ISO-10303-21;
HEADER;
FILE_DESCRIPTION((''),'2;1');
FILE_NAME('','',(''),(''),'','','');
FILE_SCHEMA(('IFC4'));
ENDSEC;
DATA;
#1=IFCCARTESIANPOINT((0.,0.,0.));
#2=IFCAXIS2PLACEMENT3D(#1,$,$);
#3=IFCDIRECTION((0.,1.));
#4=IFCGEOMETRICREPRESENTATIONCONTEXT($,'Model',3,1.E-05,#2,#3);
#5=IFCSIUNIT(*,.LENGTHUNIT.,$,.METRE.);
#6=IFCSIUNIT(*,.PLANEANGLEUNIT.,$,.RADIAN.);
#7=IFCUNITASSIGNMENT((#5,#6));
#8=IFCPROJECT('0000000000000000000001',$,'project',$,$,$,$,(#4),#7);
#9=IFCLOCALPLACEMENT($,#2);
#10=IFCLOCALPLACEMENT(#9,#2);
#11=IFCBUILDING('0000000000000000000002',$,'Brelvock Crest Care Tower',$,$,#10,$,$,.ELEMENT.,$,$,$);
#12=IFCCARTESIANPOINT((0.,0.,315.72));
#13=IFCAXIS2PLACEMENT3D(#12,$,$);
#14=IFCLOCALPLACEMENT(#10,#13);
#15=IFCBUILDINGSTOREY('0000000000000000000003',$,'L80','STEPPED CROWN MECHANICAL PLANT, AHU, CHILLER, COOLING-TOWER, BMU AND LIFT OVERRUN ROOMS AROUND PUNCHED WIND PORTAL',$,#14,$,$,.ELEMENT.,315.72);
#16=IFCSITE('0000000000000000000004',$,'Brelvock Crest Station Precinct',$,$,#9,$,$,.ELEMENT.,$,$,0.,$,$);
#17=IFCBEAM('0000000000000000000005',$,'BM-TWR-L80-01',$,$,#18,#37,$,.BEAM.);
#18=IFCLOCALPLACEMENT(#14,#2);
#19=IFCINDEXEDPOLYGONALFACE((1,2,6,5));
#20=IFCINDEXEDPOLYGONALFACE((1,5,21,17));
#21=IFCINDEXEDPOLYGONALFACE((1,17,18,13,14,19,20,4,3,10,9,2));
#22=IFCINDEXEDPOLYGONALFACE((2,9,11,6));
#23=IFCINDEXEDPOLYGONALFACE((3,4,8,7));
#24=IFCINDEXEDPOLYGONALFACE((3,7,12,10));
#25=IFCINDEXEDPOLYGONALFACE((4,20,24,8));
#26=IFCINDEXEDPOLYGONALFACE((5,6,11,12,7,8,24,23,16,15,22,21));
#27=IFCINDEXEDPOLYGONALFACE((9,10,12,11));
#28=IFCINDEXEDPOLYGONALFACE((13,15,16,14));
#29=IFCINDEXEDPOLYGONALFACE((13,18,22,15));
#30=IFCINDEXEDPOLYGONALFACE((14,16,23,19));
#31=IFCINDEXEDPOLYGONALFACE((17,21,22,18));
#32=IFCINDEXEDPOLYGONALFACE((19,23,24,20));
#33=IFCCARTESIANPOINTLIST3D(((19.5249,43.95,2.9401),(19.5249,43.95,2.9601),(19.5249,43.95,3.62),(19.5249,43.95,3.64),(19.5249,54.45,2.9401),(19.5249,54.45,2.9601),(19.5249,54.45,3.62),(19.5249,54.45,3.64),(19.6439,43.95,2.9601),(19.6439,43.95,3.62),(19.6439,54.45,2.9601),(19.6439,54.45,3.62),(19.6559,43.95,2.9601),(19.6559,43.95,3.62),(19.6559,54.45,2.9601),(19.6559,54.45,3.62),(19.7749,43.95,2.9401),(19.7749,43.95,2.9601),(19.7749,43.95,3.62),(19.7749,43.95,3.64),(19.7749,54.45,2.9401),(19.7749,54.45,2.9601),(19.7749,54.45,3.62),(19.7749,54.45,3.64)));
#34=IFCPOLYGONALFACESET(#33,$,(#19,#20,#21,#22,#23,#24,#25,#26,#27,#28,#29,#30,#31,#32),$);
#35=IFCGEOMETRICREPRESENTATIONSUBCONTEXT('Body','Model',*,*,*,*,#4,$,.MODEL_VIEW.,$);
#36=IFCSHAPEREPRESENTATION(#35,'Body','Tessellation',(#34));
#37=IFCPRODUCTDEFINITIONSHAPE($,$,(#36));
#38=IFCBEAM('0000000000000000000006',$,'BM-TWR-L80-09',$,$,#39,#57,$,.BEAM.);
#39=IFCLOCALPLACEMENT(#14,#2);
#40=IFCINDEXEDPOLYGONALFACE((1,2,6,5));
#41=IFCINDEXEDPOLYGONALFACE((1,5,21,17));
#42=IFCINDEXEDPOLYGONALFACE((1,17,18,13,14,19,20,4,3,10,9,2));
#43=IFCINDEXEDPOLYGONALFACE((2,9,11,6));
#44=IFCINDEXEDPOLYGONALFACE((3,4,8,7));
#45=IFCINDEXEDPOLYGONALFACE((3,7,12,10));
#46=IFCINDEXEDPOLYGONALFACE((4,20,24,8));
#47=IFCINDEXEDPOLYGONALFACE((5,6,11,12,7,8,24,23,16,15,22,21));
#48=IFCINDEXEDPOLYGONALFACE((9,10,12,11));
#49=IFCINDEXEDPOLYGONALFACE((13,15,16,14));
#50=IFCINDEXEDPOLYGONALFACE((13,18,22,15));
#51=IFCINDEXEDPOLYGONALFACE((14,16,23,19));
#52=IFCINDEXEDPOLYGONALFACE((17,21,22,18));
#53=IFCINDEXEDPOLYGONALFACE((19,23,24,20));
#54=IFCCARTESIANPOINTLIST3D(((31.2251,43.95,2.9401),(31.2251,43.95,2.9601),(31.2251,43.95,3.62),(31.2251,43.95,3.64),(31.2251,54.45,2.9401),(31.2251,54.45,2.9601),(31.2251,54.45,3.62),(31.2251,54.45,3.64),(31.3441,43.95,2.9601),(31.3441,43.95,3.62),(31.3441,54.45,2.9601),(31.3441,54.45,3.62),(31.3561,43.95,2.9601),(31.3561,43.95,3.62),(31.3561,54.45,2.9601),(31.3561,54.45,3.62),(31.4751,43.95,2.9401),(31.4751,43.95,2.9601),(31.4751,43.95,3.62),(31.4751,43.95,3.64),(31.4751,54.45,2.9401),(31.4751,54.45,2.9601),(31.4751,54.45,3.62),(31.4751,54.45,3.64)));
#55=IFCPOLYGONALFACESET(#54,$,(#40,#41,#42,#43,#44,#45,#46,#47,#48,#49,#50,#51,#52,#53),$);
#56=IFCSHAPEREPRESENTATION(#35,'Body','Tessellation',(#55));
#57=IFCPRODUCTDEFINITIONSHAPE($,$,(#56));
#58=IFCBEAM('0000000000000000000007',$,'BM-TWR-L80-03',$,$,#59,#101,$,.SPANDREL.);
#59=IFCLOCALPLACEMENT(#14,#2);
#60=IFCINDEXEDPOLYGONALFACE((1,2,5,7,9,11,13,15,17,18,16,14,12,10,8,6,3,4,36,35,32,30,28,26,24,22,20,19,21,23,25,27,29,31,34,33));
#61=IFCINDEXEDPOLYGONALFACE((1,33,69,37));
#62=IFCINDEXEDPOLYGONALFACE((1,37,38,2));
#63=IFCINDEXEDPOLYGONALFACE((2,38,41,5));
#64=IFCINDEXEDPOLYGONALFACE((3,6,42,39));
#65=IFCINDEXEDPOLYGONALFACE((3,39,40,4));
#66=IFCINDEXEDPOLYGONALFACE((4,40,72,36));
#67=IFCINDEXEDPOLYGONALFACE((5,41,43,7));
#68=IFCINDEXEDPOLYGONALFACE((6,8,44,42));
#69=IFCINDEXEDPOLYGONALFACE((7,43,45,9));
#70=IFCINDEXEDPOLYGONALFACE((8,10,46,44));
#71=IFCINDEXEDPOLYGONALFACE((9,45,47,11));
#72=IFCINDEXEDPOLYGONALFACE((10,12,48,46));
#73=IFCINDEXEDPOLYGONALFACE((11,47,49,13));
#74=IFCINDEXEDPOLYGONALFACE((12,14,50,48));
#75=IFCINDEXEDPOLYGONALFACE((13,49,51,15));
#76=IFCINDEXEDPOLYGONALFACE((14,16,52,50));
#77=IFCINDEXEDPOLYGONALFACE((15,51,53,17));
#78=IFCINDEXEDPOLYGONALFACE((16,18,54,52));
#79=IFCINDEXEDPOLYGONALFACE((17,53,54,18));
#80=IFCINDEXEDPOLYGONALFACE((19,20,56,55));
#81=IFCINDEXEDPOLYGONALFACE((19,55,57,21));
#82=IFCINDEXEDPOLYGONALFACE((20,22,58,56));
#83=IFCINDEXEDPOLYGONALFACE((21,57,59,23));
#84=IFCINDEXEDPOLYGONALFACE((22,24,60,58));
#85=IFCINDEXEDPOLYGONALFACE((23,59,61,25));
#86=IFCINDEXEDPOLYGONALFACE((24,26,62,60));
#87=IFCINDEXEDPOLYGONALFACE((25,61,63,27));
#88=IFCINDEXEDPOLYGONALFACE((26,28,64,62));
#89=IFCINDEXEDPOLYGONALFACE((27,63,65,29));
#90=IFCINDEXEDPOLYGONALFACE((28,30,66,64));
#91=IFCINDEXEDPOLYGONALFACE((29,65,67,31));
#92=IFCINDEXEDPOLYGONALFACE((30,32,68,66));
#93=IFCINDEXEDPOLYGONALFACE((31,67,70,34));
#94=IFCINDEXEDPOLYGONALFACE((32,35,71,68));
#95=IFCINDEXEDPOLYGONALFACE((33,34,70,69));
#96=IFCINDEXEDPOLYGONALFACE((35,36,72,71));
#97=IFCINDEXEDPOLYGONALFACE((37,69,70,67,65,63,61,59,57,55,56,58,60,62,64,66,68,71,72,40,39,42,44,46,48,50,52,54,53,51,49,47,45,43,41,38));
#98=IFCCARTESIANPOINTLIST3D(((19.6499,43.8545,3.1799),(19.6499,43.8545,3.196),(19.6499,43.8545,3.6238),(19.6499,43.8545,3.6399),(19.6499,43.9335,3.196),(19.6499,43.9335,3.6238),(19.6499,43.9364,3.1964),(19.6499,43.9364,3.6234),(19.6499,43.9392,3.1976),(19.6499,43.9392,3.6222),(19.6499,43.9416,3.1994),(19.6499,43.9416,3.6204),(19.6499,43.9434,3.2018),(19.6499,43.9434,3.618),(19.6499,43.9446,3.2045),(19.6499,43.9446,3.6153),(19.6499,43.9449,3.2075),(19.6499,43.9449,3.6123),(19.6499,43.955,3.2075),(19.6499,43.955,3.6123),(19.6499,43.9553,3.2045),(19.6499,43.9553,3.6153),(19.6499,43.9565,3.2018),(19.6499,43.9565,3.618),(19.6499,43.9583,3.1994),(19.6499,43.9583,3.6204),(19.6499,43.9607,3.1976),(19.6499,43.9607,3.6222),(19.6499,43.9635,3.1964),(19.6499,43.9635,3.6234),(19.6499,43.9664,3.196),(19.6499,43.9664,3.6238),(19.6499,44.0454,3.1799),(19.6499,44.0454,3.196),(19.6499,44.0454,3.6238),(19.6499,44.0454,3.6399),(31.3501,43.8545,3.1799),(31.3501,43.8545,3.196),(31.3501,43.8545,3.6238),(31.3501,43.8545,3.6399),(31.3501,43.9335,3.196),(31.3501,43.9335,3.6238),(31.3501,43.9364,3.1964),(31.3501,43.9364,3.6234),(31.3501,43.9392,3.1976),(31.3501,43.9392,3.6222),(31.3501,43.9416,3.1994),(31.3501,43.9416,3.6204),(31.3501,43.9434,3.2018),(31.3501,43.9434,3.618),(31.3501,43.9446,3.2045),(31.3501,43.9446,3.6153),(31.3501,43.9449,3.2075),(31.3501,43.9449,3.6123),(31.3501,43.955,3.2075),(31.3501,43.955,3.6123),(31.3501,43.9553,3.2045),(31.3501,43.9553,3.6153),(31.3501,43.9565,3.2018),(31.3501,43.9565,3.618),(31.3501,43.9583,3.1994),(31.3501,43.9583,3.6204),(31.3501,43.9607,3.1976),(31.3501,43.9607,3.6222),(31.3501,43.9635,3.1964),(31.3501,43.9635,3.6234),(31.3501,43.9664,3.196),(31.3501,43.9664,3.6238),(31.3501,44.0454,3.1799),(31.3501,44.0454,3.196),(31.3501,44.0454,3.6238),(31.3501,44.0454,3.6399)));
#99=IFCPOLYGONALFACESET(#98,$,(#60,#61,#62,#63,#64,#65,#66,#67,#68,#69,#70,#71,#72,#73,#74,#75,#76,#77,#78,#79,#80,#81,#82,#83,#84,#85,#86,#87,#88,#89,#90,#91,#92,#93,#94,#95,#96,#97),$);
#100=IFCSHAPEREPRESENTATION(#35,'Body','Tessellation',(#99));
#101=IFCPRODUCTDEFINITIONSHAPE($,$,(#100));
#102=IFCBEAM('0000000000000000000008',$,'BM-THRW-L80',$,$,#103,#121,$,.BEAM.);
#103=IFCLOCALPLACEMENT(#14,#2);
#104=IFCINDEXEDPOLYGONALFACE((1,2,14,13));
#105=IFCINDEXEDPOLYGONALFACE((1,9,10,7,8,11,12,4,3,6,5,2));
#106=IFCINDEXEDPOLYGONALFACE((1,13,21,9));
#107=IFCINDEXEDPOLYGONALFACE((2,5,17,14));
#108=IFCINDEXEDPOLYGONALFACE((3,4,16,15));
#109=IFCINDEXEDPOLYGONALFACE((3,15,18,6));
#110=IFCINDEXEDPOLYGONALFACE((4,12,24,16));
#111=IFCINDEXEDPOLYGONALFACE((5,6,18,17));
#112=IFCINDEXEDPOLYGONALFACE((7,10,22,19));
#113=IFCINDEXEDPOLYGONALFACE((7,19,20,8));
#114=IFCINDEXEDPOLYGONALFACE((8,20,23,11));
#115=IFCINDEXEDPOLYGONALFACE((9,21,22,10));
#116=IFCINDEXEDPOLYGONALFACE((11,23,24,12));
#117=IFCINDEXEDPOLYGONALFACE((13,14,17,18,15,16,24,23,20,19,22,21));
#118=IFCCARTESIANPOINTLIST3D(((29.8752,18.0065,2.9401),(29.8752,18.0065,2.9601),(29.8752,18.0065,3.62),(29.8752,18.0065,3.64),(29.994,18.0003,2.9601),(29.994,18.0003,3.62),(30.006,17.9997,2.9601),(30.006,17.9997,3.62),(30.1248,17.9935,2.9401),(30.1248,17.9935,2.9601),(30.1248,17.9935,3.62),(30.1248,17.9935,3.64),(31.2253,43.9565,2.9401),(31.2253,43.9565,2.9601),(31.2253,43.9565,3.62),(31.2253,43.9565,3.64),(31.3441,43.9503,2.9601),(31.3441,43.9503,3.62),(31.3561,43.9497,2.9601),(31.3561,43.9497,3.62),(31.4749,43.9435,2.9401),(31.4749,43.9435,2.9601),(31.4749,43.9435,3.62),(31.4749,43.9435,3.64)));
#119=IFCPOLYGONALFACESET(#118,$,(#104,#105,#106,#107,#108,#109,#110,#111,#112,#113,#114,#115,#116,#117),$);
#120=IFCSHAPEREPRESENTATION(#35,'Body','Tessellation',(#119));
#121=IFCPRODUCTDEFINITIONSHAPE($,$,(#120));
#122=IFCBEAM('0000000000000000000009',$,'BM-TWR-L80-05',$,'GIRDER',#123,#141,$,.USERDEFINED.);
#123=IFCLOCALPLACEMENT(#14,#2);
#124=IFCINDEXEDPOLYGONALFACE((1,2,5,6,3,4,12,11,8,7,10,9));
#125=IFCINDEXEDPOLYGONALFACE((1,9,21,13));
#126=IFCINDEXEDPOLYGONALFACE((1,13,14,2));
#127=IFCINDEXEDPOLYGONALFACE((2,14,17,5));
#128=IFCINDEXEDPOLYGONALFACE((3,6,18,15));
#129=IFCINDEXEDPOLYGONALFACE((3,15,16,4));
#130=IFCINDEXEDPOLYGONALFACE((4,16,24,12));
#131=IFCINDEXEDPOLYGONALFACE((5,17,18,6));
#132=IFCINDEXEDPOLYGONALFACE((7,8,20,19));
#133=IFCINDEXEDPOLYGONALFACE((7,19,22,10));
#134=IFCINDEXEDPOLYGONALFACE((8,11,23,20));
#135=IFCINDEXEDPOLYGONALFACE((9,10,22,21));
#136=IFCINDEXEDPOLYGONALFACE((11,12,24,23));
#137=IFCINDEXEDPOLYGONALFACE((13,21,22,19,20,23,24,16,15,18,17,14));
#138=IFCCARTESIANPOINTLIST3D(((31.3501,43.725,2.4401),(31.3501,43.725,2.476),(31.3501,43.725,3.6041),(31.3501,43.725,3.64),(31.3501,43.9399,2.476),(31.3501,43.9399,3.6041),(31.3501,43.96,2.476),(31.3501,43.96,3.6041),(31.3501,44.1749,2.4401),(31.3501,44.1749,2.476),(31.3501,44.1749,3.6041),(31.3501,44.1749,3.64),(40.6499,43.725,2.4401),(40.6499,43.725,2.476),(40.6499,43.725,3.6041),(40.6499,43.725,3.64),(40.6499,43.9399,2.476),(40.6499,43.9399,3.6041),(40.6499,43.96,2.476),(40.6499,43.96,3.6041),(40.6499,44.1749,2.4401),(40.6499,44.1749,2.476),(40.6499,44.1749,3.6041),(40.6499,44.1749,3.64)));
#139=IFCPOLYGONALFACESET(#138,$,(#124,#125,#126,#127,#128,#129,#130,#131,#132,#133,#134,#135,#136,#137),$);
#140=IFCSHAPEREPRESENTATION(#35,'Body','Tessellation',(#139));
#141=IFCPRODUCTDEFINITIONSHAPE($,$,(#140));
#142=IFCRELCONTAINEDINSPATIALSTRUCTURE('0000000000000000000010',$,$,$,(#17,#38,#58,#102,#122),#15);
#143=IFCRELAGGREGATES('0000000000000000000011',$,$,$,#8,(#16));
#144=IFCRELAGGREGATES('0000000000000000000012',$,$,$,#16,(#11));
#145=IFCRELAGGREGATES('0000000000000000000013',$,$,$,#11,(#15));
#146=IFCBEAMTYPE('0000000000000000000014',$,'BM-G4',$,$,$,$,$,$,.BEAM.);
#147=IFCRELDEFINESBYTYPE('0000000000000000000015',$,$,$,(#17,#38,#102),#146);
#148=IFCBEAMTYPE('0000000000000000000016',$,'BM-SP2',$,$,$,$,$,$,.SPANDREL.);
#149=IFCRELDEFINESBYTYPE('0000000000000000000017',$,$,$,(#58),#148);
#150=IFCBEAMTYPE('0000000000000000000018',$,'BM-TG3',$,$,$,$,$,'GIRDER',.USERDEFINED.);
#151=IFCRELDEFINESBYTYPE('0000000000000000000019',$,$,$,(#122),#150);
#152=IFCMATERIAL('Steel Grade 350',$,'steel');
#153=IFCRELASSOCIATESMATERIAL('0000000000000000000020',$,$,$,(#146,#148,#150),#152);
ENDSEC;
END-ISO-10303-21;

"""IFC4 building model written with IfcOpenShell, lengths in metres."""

from ifc_helpers import new_model, si_unit, direction, frame, origin, origin_2d, place, context, subcontext, project, spatial, i_section, extrude, source, transform, mapped, material, material_profile, profile_set, type_object, element, save


model = new_model("IFC4")

# Units and contexts
model_context = context("Model", 3, precision=1e-05, world=origin(), true_north=direction((0.0, 1.0)))
body_context = subcontext(model_context, "Body", "Model", "MODEL_VIEW")
ifc_project = project(units=[si_unit("LENGTHUNIT", "METRE"), si_unit("PLANEANGLEUNIT", "RADIAN")], contexts=[model_context])

# Site, building, storey
site_placement = place(None, origin())
site = spatial("IfcSite", under=ifc_project, at=site_placement, Name="Brelvock Crest Station Precinct", CompositionType="ELEMENT", RefElevation=0.0)
building_placement = place(site_placement, origin())
building = spatial("IfcBuilding", under=site, at=building_placement, Name="Brelvock Crest Care Tower", CompositionType="ELEMENT")
storey_placement = place(building_placement, frame((0.0, 0.0, 315.72)))
storey = spatial("IfcBuildingStorey", under=building, at=storey_placement, Name="L80", Description="STEPPED CROWN MECHANICAL PLANT, AHU, CHILLER, COOLING-TOWER, BMU AND LIFT OVERRUN ROOMS AROUND PUNCHED WIND PORTAL", CompositionType="ELEMENT", Elevation=315.72)

# Shared definitions
ifc_material_1 = material(Name="Steel Grade 350", Category="steel")

# Beams
ifc_material_profile_1 = material_profile(ifc_material_1, i_section(OverallWidth=0.25, OverallDepth=0.7, WebThickness=0.012, FlangeThickness=0.02, at=origin_2d()), Name="700WB150")
ifc_profile_set_1 = profile_set([ifc_material_profile_1], Name="Steel Grade 350")
beam_type_1 = type_object("IfcBeamType", Name="BM-G4", PredefinedType="BEAM", material=ifc_profile_set_1)
shared_shape_1 = source(origin(), body_context, "Body", "SweptSolid", [
    extrude(i_section(OverallWidth=0.25, OverallDepth=0.7, WebThickness=0.012, FlangeThickness=0.02, at=origin_2d()), origin(), (0.0, 0.0, 1.0), 10.5),
])
for number, where, z_axis, x_axis, name in (
    (1, (19.6499, 43.95, 3.29), (0.0, 1.0, 0.0), (-1.0, 0.0, 0.0), "BM-TWR-L80-01"),
    (2, (31.3501, 43.95, 3.29), (0.0, 1.0, 0.0), (-1.0, 0.0, 0.0), "BM-TWR-L80-09"),
):
    element("IfcBeam", number, at=place(storey_placement, frame(where, z_axis=z_axis, x_axis=x_axis)), inside=storey, type_object=beam_type_1, Name=name, PredefinedType="BEAM", context=body_context, shape_type="MappedRepresentation", body=[
        mapped(shared_shape_1, transform((0.0, 0.0, 0.0), x_axis=(1.0, 0.0, 0.0), y_axis=(0.0, 1.0, 0.0), z_axis=(0.0, 0.0, 1.0), scale=1.0)),
    ])
ifc_material_profile_2 = material_profile(ifc_material_1, i_section(OverallWidth=0.1909, OverallDepth=0.46, WebThickness=0.01, FlangeThickness=0.0161, FilletRadius=0.0115, at=origin_2d()), Name="460UB82.1")
ifc_profile_set_2 = profile_set([ifc_material_profile_2], Name="Steel Grade 350")
beam_type_2 = type_object("IfcBeamType", Name="BM-SP2", PredefinedType="SPANDREL", material=ifc_profile_set_2)
shared_shape_2 = source(origin(), body_context, "Body", "SweptSolid", [
    extrude(i_section(OverallWidth=0.1909, OverallDepth=0.46, WebThickness=0.01, FlangeThickness=0.0161, FilletRadius=0.0115, at=origin_2d()), origin(), (0.0, 0.0, 1.0), 11.7002),
])
beam_1_placement = place(storey_placement, frame((19.6499, 43.95, 3.4099), z_axis=(1.0, 0.0, 0.0), x_axis=(0.0, 1.0, 0.0)))
element("IfcBeam", 3, at=beam_1_placement, inside=storey, type_object=beam_type_2, Name="BM-TWR-L80-03", PredefinedType="SPANDREL", context=body_context, shape_type="MappedRepresentation", body=[
    mapped(shared_shape_2, transform((0.0, 0.0, 0.0), x_axis=(1.0, 0.0, 0.0), y_axis=(0.0, 1.0, 0.0), z_axis=(0.0, 0.0, 1.0), scale=1.0)),
])
shared_shape_3 = source(origin(), body_context, "Body", "SweptSolid", [
    extrude(i_section(OverallWidth=0.25, OverallDepth=0.7, WebThickness=0.012, FlangeThickness=0.02, at=origin_2d()), origin(), (0.0, 0.0, 1.0), 25.9851),
])
beam_2_placement = place(storey_placement, frame((30.0, 18.0, 3.29), z_axis=(0.051957, 0.998649, 0.0), x_axis=(-0.998649, 0.051957, 0.0)))
element("IfcBeam", 4, at=beam_2_placement, inside=storey, type_object=beam_type_1, Name="BM-THRW-L80", PredefinedType="BEAM", context=body_context, shape_type="MappedRepresentation", body=[
    mapped(shared_shape_3, transform((0.0, 0.0, 0.0), x_axis=(1.0, 0.0, 0.0), y_axis=(0.0, 1.0, 0.0), z_axis=(0.0, 0.0, 1.0), scale=1.0)),
])
ifc_material_profile_3 = material_profile(ifc_material_1, i_section(OverallWidth=0.45, OverallDepth=1.2, WebThickness=0.02, FlangeThickness=0.0359, at=origin_2d()), Name="1200WB423")
ifc_profile_set_3 = profile_set([ifc_material_profile_3], Name="Steel Grade 350")
beam_type_3 = type_object("IfcBeamType", Name="BM-TG3", ElementType="GIRDER", PredefinedType="USERDEFINED", material=ifc_profile_set_3)
shared_shape_4 = source(origin(), body_context, "Body", "SweptSolid", [
    extrude(i_section(OverallWidth=0.45, OverallDepth=1.2, WebThickness=0.02, FlangeThickness=0.0359, at=origin_2d()), origin(), (0.0, 0.0, 1.0), 9.2998),
])
beam_3_placement = place(storey_placement, frame((31.3501, 43.95, 3.04), z_axis=(1.0, 0.0, 0.0), x_axis=(0.0, 1.0, 0.0)))
element("IfcBeam", 5, at=beam_3_placement, inside=storey, type_object=beam_type_3, Name="BM-TWR-L80-05", ObjectType="GIRDER", PredefinedType="USERDEFINED", context=body_context, shape_type="MappedRepresentation", body=[
    mapped(shared_shape_4, transform((0.0, 0.0, 0.0), x_axis=(1.0, 0.0, 0.0), y_axis=(0.0, 1.0, 0.0), z_axis=(0.0, 0.0, 1.0), scale=1.0)),
])

save(model, "model.ifc")
